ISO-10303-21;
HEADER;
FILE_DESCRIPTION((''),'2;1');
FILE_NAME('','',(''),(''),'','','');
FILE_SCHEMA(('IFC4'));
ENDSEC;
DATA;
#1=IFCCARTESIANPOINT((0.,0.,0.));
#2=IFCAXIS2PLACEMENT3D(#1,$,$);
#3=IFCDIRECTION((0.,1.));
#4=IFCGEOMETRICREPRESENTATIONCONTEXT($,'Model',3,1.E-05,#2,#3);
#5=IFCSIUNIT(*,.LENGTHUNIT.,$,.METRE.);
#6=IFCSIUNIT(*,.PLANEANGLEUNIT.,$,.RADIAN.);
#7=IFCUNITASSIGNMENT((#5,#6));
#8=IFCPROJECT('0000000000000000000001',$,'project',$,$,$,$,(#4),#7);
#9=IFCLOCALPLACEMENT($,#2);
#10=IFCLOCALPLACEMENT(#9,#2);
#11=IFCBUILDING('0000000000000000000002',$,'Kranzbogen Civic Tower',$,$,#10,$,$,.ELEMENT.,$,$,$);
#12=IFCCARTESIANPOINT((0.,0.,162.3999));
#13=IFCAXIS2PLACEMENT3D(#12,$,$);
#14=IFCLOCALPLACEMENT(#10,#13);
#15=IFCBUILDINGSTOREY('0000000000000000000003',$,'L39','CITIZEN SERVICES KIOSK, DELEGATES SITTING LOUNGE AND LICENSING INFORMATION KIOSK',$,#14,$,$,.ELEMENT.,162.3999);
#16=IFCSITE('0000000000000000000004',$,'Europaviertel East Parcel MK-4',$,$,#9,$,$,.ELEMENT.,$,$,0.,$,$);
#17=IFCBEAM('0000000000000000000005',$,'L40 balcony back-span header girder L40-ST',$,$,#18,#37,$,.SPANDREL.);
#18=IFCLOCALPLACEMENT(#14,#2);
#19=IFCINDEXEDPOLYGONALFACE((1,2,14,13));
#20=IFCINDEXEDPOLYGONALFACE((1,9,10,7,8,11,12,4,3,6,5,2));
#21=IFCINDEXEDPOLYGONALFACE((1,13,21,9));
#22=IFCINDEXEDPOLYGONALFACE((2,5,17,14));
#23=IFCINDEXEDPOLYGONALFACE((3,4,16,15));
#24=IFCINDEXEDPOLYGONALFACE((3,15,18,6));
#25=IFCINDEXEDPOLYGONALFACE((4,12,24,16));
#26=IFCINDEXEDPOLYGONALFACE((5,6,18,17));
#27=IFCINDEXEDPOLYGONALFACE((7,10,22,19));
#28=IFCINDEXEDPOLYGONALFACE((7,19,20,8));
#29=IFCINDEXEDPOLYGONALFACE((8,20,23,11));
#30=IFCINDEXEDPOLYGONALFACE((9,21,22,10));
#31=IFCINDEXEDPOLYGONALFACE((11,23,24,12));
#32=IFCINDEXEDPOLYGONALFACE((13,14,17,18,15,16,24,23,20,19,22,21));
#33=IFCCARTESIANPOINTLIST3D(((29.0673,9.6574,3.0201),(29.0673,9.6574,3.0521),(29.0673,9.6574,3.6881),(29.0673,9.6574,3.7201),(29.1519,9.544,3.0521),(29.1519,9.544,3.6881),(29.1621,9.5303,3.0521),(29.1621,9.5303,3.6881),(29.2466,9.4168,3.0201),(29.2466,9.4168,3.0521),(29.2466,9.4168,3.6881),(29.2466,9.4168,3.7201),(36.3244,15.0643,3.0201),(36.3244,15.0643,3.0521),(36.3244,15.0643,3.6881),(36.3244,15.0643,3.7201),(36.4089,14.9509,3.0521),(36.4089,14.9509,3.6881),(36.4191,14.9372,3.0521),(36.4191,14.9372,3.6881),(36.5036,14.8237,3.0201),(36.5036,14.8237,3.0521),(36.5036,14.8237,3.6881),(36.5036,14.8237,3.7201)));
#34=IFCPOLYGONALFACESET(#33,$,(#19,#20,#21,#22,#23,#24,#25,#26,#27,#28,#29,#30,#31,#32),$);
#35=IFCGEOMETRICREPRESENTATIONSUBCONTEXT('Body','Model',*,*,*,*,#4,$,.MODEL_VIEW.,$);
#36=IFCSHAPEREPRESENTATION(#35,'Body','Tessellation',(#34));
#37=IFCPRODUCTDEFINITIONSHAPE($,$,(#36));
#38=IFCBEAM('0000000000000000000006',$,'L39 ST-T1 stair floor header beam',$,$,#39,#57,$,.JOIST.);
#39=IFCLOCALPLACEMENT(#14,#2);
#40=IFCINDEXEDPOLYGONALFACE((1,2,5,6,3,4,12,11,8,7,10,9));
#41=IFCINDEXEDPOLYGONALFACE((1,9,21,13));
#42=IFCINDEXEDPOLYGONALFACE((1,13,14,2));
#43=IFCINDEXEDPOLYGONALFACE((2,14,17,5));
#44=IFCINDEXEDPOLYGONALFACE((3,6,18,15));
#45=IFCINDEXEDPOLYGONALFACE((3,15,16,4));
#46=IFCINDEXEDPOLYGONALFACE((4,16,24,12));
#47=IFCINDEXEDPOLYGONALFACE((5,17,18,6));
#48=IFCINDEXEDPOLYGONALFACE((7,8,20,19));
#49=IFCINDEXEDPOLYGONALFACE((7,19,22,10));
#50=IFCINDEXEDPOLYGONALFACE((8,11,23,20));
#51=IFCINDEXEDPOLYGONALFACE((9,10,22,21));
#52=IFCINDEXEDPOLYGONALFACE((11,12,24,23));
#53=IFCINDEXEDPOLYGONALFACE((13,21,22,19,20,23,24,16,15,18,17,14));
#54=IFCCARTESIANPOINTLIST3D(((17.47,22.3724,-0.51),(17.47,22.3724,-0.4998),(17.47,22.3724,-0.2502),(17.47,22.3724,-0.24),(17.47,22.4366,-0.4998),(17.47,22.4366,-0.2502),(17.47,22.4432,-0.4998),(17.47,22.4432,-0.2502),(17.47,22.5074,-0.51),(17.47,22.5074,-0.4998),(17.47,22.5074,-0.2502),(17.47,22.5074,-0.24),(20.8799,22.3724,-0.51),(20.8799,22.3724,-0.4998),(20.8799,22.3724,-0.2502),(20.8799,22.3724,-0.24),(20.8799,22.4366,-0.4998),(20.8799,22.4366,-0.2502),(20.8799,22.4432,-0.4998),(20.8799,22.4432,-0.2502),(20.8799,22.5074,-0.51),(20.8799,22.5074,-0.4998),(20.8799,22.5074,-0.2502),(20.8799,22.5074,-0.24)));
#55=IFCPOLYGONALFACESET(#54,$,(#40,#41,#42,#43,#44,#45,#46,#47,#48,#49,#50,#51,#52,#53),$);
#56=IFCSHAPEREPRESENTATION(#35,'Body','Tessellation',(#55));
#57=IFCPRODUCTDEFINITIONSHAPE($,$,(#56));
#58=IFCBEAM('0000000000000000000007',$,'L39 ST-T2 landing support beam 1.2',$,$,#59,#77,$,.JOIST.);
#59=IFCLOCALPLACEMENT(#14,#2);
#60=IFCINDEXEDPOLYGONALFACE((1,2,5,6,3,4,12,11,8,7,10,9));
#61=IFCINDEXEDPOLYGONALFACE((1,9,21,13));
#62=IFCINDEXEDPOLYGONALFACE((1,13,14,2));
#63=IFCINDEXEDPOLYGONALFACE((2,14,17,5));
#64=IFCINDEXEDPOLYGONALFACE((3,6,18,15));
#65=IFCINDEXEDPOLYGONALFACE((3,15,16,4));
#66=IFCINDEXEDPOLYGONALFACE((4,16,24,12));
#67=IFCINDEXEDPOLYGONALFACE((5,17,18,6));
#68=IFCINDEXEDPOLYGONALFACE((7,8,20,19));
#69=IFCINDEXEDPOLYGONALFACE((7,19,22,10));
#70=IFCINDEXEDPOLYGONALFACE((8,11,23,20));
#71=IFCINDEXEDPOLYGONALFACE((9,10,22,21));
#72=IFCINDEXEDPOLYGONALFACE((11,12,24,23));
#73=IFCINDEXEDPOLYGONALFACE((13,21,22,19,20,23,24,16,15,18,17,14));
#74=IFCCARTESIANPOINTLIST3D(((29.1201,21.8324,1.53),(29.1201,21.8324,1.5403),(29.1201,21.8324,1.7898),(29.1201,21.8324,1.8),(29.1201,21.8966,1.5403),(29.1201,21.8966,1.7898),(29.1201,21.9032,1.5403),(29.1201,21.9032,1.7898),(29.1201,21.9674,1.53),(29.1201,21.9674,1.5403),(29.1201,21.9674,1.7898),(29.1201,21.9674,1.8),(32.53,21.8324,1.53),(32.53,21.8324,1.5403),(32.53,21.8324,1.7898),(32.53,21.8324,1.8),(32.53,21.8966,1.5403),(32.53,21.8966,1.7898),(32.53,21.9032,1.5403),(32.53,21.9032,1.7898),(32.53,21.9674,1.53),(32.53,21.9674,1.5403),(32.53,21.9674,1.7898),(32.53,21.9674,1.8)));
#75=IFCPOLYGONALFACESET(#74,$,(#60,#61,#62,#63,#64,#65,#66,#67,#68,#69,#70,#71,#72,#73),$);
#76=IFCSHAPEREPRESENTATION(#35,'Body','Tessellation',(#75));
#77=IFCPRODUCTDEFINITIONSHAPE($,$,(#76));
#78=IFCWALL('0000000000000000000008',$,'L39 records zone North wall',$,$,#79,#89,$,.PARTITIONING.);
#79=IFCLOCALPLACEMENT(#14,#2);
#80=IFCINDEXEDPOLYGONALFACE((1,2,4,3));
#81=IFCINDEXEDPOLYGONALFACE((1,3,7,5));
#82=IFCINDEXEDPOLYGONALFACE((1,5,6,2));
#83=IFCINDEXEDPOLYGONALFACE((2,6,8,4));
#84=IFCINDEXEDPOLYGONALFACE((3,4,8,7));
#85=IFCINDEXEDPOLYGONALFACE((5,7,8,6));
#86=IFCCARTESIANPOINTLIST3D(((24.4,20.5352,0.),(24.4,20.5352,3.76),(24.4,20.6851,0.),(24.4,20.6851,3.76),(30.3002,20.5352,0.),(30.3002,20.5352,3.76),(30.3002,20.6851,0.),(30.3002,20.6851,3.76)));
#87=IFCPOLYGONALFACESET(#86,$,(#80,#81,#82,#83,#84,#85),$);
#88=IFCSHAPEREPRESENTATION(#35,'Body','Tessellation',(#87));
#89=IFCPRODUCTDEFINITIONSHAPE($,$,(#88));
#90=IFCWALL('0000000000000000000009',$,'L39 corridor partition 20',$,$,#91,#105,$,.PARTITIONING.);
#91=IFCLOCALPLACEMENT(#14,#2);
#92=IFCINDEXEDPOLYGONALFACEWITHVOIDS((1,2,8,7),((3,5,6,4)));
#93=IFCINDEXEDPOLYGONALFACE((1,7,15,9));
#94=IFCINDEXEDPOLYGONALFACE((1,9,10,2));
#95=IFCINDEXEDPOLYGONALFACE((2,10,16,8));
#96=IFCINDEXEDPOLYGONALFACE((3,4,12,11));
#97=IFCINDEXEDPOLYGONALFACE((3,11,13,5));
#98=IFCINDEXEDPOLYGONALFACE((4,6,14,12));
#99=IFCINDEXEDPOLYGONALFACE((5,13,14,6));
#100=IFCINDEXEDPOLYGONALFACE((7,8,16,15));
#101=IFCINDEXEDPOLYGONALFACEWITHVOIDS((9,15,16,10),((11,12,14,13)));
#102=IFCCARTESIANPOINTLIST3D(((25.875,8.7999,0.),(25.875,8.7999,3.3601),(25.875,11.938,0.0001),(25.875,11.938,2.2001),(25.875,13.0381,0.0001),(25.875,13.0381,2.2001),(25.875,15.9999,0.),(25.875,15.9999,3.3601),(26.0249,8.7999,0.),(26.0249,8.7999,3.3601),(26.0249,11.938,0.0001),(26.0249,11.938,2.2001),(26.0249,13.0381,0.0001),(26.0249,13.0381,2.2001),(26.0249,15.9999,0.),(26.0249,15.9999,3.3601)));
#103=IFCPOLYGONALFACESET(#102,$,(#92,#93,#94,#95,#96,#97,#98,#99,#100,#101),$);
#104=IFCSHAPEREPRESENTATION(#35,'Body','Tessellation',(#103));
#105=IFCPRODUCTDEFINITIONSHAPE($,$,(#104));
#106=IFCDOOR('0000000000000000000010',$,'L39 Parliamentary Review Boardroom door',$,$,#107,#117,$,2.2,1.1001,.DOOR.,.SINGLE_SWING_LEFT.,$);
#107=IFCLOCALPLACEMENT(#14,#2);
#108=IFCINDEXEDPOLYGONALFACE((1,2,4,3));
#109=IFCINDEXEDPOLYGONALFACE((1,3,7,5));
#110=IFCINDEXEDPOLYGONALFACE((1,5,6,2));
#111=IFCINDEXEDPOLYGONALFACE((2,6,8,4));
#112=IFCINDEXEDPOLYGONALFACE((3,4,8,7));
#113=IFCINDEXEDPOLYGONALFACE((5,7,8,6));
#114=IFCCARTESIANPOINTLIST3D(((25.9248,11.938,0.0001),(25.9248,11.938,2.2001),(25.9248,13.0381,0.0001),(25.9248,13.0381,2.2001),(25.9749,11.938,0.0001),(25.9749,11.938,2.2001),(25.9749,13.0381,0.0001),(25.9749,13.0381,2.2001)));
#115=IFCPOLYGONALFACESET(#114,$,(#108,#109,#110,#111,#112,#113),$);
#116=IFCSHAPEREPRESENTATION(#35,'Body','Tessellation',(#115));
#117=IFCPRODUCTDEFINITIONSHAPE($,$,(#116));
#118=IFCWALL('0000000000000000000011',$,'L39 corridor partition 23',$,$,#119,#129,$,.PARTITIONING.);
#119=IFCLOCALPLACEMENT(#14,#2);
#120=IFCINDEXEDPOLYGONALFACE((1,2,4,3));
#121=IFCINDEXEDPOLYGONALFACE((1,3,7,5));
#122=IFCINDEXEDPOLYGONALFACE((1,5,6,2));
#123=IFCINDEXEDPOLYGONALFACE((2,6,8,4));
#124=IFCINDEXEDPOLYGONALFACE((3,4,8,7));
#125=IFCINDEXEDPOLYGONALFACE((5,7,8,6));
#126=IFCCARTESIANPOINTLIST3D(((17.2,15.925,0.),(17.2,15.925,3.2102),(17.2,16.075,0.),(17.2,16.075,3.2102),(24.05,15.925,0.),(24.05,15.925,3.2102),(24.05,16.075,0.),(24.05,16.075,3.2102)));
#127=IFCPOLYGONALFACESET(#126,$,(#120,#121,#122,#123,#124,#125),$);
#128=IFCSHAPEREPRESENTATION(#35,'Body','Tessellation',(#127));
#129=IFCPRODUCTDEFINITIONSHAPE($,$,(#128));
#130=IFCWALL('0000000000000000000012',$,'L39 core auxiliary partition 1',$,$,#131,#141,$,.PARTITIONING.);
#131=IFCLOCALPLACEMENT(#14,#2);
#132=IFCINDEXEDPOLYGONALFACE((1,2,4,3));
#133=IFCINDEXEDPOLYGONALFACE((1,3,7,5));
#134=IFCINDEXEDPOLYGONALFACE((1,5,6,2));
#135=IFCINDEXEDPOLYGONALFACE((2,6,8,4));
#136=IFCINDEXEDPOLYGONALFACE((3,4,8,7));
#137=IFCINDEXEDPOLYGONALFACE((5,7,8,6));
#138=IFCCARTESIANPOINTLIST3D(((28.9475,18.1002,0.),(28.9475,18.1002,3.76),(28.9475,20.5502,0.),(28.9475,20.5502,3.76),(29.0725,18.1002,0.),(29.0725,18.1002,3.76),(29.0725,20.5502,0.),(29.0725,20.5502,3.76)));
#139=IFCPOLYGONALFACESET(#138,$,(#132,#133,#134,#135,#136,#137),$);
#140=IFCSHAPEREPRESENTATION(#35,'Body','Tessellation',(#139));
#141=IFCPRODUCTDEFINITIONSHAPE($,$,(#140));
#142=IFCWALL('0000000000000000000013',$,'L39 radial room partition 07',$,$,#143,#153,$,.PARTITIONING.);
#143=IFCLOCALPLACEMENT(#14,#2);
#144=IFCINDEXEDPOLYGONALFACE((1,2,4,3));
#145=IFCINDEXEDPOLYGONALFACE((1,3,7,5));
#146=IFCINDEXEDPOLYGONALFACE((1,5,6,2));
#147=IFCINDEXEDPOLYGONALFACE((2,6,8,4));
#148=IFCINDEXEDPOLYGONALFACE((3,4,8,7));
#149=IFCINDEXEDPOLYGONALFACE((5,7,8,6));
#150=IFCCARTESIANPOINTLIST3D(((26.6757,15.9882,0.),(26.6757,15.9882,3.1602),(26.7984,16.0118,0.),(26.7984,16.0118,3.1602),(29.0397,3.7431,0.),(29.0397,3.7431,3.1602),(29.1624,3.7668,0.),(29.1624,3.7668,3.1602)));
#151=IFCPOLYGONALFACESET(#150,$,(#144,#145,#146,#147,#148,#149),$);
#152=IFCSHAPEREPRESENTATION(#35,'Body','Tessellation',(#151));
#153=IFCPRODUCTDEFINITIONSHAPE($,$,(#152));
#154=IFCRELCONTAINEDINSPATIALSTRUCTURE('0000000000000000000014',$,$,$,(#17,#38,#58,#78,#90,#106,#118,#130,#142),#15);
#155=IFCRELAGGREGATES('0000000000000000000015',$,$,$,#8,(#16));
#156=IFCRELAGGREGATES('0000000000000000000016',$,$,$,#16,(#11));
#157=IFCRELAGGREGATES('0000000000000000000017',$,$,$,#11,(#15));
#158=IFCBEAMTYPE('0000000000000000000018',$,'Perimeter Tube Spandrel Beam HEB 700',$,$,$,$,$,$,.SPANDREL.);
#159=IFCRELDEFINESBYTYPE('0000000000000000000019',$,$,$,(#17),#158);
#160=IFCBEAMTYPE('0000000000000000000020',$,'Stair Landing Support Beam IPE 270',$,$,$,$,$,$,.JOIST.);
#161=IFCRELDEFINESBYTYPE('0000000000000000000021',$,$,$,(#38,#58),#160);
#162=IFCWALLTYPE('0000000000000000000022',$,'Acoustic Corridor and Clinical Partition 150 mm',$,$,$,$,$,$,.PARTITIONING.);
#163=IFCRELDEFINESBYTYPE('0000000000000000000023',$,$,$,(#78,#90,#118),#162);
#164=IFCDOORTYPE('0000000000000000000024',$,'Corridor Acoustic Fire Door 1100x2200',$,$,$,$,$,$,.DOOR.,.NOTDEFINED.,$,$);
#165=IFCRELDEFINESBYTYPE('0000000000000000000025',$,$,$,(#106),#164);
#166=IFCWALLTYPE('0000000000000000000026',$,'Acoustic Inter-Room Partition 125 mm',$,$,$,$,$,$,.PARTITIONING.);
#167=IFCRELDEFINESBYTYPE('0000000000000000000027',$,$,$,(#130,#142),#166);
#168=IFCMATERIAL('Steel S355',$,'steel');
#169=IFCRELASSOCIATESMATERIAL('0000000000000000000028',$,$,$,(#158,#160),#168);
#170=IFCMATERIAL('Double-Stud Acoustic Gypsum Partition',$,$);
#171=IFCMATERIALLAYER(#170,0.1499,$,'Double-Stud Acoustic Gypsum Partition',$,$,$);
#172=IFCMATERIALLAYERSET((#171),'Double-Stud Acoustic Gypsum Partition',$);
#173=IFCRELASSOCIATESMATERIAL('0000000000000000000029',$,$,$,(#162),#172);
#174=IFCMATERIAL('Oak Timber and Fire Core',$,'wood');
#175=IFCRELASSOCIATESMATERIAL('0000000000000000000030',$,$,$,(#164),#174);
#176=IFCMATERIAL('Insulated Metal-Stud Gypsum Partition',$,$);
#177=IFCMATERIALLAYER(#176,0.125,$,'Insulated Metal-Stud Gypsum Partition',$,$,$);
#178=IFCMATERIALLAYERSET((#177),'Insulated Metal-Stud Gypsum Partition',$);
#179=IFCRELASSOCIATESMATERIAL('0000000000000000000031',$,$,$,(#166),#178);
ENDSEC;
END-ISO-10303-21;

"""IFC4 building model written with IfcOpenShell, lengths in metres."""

from ifc_helpers import new_model, si_unit, direction, frame, frame_2d, origin, origin_2d, place, context, subcontext, project, spatial, rectangle, i_section, extrude, material, layer, layer_set, material_profile, profile_set, type_object, element, fill, save


model = new_model("IFC4")

# Units and contexts
model_context = context("Model", 3, precision=1e-05, world=origin(), true_north=direction((0.0, 1.0)))
body_context = subcontext(model_context, "Body", "Model", "MODEL_VIEW")
ifc_project = project(units=[si_unit("LENGTHUNIT", "METRE"), si_unit("PLANEANGLEUNIT", "RADIAN")], contexts=[model_context])

# Site, building, storey
site_placement = place(None, origin())
site = spatial("IfcSite", under=ifc_project, at=site_placement, Name="Europaviertel East Parcel MK-4", CompositionType="ELEMENT", RefElevation=0.0)
building_placement = place(site_placement, origin())
building = spatial("IfcBuilding", under=site, at=building_placement, Name="Kranzbogen Civic Tower", CompositionType="ELEMENT")
storey_placement = place(building_placement, frame((0.0, 0.0, 162.3999)))
storey = spatial("IfcBuildingStorey", under=building, at=storey_placement, Name="L39", Description="CITIZEN SERVICES KIOSK, DELEGATES SITTING LOUNGE AND LICENSING INFORMATION KIOSK", CompositionType="ELEMENT", Elevation=162.3999)

# Beams
ifc_material_1 = material(Name="Steel S355", Category="steel")
ifc_material_profile_1 = material_profile(ifc_material_1, i_section(OverallWidth=0.3, OverallDepth=0.7, WebThickness=0.0171, FlangeThickness=0.032, at=origin_2d()), Name="HEB 700")
ifc_profile_set_1 = profile_set([ifc_material_profile_1], Name="Steel S355")
beam_type_1 = type_object("IfcBeamType", Name="Perimeter Tube Spandrel Beam HEB 700", PredefinedType="SPANDREL", material=ifc_profile_set_1)
beam_placement = place(storey_placement, frame((29.157, 9.5371, 3.3701), z_axis=(0.801896, 0.597463, 0.0), x_axis=(-0.597463, 0.801896, 0.0)))
element("IfcBeam", 1, at=beam_placement, inside=storey, type_object=beam_type_1, Name="L40 balcony back-span header girder L40-ST", PredefinedType="SPANDREL", context=body_context, shape_type="SweptSolid", body=[
    extrude(i_section(OverallWidth=0.3, OverallDepth=0.7, WebThickness=0.0171, FlangeThickness=0.032, at=origin_2d()), origin(), (0.0, 0.0, 1.0), 9.0498),
])
ifc_material_profile_2 = material_profile(ifc_material_1, i_section(OverallWidth=0.135, OverallDepth=0.27, WebThickness=0.0066, FlangeThickness=0.0103, at=origin_2d()), Name="IPE 270")
ifc_profile_set_2 = profile_set([ifc_material_profile_2], Name="Steel S355")
beam_type_2 = type_object("IfcBeamType", Name="Stair Landing Support Beam IPE 270", PredefinedType="JOIST", material=ifc_profile_set_2)
for number, where, z_axis, x_axis, name in (
    (2, (20.8799, 22.4399, -0.375), (-1.0, 0.0, 0.0), (0.0, -1.0, 0.0), "L39 ST-T1 stair floor header beam"),
    (3, (29.1201, 21.8999, 1.665), (1.0, 0.0, 0.0), (0.0, 1.0, 0.0), "L39 ST-T2 landing support beam 1.2"),
):
    element("IfcBeam", number, at=place(storey_placement, frame(where, z_axis=z_axis, x_axis=x_axis)), inside=storey, type_object=beam_type_2, Name=name, PredefinedType="JOIST", context=body_context, shape_type="SweptSolid", body=[
        extrude(i_section(OverallWidth=0.135, OverallDepth=0.27, WebThickness=0.0066, FlangeThickness=0.0103, at=origin_2d()), origin(), (0.0, 0.0, 1.0), 3.4099),
    ])

# Wall
ifc_material_2 = material(Name="Double-Stud Acoustic Gypsum Partition")
ifc_layer_1 = layer(ifc_material_2, 0.1499, Name="Double-Stud Acoustic Gypsum Partition")
ifc_layer_set_1 = layer_set([ifc_layer_1], Name="Double-Stud Acoustic Gypsum Partition")
wall_type_1 = type_object("IfcWallType", Name="Acoustic Corridor and Clinical Partition 150 mm", PredefinedType="PARTITIONING", material=ifc_layer_set_1)
wall_1_placement = place(storey_placement, frame((24.3999, 20.6101, 0.0), z_axis=(0.0, 0.0, 1.0), x_axis=(1.0, 0.0, 0.0)))
element("IfcWall", 4, at=wall_1_placement, inside=storey, type_object=wall_type_1, Name="L39 records zone North wall", PredefinedType="PARTITIONING", context=body_context, shape_type="SweptSolid", body=[
    extrude(rectangle(XDim=5.9001, YDim=0.1499, at=frame_2d((2.9502, 0.0))), origin(), (0.0, 0.0, 1.0), 3.76),
])

# Wall, opening, door
wall_2_placement = place(storey_placement, frame((25.95, 16.0, 0.0), z_axis=(0.0, 0.0, 1.0), x_axis=(0.0, -1.0, 0.0)))
wall_2 = element("IfcWall", 5, at=wall_2_placement, inside=storey, type_object=wall_type_1, Name="L39 corridor partition 20", PredefinedType="PARTITIONING", context=body_context, shape_type="SweptSolid", body=[
    extrude(rectangle(XDim=7.2, YDim=0.1499, at=frame_2d((3.6001, 0.0))), origin(), (0.0, 0.0, 1.0), 3.3601),
])
opening_1_placement = place(wall_2_placement, frame((2.9619, 0.0, 0.0)))
opening_1 = element("IfcOpeningElement", 6, at=opening_1_placement, cuts=wall_2, PredefinedType="OPENING", context=body_context, shape_type="SweptSolid", body=[
    extrude(rectangle(XDim=1.1001, YDim=2.2, at=frame_2d((0.55, 1.1001))), frame((0.0, 0.085, 0.0), z_axis=(0.0, -1.0, 0.0), x_axis=(1.0, 0.0, 0.0)), (0.0, 0.0, 1.0), 0.1699),
])
ifc_material_3 = material(Name="Oak Timber and Fire Core", Category="wood")
door_type_1 = type_object("IfcDoorType", Name="Corridor Acoustic Fire Door 1100x2200", OperationType="NOTDEFINED", PredefinedType="DOOR", material=ifc_material_3)
door_1_placement = place(opening_1_placement, origin())
door_1 = element("IfcDoor", 7, at=door_1_placement, inside=storey, type_object=door_type_1, Name="L39 Parliamentary Review Boardroom door", OperationType="SINGLE_SWING_LEFT", OverallHeight=2.2, OverallWidth=1.1001, PredefinedType="DOOR", context=body_context, shape_type="SweptSolid", body=[
    extrude(rectangle(XDim=1.1001, YDim=2.2, at=frame_2d((0.55, 1.1001))), frame((0.0, 0.0249, 0.0), z_axis=(0.0, -1.0, 0.0), x_axis=(1.0, 0.0, 0.0)), (0.0, 0.0, 1.0), 0.05),
])
fill(opening_1, door_1)

# Walls
wall_3_placement = place(storey_placement, frame((24.05, 16.0, 0.0), z_axis=(0.0, 0.0, 1.0), x_axis=(-1.0, 0.0, 0.0)))
element("IfcWall", 8, at=wall_3_placement, inside=storey, type_object=wall_type_1, Name="L39 corridor partition 23", PredefinedType="PARTITIONING", context=body_context, shape_type="SweptSolid", body=[
    extrude(rectangle(XDim=6.8501, YDim=0.1499, at=frame_2d((3.425, 0.0))), origin(), (0.0, 0.0, 1.0), 3.2102),
])
ifc_material_4 = material(Name="Insulated Metal-Stud Gypsum Partition")
ifc_layer_2 = layer(ifc_material_4, 0.125, Name="Insulated Metal-Stud Gypsum Partition")
ifc_layer_set_2 = layer_set([ifc_layer_2], Name="Insulated Metal-Stud Gypsum Partition")
wall_type_2 = type_object("IfcWallType", Name="Acoustic Inter-Room Partition 125 mm", PredefinedType="PARTITIONING", material=ifc_layer_set_2)
wall_4_placement = place(storey_placement, frame((29.01, 18.1001, 0.0), z_axis=(0.0, 0.0, 1.0), x_axis=(0.0, 1.0, 0.0)))
element("IfcWall", 9, at=wall_4_placement, inside=storey, type_object=wall_type_2, Name="L39 core auxiliary partition 1", PredefinedType="PARTITIONING", context=body_context, shape_type="SweptSolid", body=[
    extrude(rectangle(XDim=2.45, YDim=0.125, at=frame_2d((1.2251, 0.0))), origin(), (0.0, 0.0, 1.0), 3.76),
])
wall_5_placement = place(storey_placement, frame((26.7371, 16.0, 0.0), z_axis=(0.0, 0.0, 1.0), x_axis=(0.189557, -0.98187, 0.0)))
element("IfcWall", 10, at=wall_5_placement, inside=storey, type_object=wall_type_2, Name="L39 radial room partition 07", PredefinedType="PARTITIONING", context=body_context, shape_type="SweptSolid", body=[
    extrude(rectangle(XDim=12.4712, YDim=0.125, at=frame_2d((6.2356, 0.0))), origin(), (0.0, 0.0, 1.0), 3.1602),
])

save(model, "model.ifc")
